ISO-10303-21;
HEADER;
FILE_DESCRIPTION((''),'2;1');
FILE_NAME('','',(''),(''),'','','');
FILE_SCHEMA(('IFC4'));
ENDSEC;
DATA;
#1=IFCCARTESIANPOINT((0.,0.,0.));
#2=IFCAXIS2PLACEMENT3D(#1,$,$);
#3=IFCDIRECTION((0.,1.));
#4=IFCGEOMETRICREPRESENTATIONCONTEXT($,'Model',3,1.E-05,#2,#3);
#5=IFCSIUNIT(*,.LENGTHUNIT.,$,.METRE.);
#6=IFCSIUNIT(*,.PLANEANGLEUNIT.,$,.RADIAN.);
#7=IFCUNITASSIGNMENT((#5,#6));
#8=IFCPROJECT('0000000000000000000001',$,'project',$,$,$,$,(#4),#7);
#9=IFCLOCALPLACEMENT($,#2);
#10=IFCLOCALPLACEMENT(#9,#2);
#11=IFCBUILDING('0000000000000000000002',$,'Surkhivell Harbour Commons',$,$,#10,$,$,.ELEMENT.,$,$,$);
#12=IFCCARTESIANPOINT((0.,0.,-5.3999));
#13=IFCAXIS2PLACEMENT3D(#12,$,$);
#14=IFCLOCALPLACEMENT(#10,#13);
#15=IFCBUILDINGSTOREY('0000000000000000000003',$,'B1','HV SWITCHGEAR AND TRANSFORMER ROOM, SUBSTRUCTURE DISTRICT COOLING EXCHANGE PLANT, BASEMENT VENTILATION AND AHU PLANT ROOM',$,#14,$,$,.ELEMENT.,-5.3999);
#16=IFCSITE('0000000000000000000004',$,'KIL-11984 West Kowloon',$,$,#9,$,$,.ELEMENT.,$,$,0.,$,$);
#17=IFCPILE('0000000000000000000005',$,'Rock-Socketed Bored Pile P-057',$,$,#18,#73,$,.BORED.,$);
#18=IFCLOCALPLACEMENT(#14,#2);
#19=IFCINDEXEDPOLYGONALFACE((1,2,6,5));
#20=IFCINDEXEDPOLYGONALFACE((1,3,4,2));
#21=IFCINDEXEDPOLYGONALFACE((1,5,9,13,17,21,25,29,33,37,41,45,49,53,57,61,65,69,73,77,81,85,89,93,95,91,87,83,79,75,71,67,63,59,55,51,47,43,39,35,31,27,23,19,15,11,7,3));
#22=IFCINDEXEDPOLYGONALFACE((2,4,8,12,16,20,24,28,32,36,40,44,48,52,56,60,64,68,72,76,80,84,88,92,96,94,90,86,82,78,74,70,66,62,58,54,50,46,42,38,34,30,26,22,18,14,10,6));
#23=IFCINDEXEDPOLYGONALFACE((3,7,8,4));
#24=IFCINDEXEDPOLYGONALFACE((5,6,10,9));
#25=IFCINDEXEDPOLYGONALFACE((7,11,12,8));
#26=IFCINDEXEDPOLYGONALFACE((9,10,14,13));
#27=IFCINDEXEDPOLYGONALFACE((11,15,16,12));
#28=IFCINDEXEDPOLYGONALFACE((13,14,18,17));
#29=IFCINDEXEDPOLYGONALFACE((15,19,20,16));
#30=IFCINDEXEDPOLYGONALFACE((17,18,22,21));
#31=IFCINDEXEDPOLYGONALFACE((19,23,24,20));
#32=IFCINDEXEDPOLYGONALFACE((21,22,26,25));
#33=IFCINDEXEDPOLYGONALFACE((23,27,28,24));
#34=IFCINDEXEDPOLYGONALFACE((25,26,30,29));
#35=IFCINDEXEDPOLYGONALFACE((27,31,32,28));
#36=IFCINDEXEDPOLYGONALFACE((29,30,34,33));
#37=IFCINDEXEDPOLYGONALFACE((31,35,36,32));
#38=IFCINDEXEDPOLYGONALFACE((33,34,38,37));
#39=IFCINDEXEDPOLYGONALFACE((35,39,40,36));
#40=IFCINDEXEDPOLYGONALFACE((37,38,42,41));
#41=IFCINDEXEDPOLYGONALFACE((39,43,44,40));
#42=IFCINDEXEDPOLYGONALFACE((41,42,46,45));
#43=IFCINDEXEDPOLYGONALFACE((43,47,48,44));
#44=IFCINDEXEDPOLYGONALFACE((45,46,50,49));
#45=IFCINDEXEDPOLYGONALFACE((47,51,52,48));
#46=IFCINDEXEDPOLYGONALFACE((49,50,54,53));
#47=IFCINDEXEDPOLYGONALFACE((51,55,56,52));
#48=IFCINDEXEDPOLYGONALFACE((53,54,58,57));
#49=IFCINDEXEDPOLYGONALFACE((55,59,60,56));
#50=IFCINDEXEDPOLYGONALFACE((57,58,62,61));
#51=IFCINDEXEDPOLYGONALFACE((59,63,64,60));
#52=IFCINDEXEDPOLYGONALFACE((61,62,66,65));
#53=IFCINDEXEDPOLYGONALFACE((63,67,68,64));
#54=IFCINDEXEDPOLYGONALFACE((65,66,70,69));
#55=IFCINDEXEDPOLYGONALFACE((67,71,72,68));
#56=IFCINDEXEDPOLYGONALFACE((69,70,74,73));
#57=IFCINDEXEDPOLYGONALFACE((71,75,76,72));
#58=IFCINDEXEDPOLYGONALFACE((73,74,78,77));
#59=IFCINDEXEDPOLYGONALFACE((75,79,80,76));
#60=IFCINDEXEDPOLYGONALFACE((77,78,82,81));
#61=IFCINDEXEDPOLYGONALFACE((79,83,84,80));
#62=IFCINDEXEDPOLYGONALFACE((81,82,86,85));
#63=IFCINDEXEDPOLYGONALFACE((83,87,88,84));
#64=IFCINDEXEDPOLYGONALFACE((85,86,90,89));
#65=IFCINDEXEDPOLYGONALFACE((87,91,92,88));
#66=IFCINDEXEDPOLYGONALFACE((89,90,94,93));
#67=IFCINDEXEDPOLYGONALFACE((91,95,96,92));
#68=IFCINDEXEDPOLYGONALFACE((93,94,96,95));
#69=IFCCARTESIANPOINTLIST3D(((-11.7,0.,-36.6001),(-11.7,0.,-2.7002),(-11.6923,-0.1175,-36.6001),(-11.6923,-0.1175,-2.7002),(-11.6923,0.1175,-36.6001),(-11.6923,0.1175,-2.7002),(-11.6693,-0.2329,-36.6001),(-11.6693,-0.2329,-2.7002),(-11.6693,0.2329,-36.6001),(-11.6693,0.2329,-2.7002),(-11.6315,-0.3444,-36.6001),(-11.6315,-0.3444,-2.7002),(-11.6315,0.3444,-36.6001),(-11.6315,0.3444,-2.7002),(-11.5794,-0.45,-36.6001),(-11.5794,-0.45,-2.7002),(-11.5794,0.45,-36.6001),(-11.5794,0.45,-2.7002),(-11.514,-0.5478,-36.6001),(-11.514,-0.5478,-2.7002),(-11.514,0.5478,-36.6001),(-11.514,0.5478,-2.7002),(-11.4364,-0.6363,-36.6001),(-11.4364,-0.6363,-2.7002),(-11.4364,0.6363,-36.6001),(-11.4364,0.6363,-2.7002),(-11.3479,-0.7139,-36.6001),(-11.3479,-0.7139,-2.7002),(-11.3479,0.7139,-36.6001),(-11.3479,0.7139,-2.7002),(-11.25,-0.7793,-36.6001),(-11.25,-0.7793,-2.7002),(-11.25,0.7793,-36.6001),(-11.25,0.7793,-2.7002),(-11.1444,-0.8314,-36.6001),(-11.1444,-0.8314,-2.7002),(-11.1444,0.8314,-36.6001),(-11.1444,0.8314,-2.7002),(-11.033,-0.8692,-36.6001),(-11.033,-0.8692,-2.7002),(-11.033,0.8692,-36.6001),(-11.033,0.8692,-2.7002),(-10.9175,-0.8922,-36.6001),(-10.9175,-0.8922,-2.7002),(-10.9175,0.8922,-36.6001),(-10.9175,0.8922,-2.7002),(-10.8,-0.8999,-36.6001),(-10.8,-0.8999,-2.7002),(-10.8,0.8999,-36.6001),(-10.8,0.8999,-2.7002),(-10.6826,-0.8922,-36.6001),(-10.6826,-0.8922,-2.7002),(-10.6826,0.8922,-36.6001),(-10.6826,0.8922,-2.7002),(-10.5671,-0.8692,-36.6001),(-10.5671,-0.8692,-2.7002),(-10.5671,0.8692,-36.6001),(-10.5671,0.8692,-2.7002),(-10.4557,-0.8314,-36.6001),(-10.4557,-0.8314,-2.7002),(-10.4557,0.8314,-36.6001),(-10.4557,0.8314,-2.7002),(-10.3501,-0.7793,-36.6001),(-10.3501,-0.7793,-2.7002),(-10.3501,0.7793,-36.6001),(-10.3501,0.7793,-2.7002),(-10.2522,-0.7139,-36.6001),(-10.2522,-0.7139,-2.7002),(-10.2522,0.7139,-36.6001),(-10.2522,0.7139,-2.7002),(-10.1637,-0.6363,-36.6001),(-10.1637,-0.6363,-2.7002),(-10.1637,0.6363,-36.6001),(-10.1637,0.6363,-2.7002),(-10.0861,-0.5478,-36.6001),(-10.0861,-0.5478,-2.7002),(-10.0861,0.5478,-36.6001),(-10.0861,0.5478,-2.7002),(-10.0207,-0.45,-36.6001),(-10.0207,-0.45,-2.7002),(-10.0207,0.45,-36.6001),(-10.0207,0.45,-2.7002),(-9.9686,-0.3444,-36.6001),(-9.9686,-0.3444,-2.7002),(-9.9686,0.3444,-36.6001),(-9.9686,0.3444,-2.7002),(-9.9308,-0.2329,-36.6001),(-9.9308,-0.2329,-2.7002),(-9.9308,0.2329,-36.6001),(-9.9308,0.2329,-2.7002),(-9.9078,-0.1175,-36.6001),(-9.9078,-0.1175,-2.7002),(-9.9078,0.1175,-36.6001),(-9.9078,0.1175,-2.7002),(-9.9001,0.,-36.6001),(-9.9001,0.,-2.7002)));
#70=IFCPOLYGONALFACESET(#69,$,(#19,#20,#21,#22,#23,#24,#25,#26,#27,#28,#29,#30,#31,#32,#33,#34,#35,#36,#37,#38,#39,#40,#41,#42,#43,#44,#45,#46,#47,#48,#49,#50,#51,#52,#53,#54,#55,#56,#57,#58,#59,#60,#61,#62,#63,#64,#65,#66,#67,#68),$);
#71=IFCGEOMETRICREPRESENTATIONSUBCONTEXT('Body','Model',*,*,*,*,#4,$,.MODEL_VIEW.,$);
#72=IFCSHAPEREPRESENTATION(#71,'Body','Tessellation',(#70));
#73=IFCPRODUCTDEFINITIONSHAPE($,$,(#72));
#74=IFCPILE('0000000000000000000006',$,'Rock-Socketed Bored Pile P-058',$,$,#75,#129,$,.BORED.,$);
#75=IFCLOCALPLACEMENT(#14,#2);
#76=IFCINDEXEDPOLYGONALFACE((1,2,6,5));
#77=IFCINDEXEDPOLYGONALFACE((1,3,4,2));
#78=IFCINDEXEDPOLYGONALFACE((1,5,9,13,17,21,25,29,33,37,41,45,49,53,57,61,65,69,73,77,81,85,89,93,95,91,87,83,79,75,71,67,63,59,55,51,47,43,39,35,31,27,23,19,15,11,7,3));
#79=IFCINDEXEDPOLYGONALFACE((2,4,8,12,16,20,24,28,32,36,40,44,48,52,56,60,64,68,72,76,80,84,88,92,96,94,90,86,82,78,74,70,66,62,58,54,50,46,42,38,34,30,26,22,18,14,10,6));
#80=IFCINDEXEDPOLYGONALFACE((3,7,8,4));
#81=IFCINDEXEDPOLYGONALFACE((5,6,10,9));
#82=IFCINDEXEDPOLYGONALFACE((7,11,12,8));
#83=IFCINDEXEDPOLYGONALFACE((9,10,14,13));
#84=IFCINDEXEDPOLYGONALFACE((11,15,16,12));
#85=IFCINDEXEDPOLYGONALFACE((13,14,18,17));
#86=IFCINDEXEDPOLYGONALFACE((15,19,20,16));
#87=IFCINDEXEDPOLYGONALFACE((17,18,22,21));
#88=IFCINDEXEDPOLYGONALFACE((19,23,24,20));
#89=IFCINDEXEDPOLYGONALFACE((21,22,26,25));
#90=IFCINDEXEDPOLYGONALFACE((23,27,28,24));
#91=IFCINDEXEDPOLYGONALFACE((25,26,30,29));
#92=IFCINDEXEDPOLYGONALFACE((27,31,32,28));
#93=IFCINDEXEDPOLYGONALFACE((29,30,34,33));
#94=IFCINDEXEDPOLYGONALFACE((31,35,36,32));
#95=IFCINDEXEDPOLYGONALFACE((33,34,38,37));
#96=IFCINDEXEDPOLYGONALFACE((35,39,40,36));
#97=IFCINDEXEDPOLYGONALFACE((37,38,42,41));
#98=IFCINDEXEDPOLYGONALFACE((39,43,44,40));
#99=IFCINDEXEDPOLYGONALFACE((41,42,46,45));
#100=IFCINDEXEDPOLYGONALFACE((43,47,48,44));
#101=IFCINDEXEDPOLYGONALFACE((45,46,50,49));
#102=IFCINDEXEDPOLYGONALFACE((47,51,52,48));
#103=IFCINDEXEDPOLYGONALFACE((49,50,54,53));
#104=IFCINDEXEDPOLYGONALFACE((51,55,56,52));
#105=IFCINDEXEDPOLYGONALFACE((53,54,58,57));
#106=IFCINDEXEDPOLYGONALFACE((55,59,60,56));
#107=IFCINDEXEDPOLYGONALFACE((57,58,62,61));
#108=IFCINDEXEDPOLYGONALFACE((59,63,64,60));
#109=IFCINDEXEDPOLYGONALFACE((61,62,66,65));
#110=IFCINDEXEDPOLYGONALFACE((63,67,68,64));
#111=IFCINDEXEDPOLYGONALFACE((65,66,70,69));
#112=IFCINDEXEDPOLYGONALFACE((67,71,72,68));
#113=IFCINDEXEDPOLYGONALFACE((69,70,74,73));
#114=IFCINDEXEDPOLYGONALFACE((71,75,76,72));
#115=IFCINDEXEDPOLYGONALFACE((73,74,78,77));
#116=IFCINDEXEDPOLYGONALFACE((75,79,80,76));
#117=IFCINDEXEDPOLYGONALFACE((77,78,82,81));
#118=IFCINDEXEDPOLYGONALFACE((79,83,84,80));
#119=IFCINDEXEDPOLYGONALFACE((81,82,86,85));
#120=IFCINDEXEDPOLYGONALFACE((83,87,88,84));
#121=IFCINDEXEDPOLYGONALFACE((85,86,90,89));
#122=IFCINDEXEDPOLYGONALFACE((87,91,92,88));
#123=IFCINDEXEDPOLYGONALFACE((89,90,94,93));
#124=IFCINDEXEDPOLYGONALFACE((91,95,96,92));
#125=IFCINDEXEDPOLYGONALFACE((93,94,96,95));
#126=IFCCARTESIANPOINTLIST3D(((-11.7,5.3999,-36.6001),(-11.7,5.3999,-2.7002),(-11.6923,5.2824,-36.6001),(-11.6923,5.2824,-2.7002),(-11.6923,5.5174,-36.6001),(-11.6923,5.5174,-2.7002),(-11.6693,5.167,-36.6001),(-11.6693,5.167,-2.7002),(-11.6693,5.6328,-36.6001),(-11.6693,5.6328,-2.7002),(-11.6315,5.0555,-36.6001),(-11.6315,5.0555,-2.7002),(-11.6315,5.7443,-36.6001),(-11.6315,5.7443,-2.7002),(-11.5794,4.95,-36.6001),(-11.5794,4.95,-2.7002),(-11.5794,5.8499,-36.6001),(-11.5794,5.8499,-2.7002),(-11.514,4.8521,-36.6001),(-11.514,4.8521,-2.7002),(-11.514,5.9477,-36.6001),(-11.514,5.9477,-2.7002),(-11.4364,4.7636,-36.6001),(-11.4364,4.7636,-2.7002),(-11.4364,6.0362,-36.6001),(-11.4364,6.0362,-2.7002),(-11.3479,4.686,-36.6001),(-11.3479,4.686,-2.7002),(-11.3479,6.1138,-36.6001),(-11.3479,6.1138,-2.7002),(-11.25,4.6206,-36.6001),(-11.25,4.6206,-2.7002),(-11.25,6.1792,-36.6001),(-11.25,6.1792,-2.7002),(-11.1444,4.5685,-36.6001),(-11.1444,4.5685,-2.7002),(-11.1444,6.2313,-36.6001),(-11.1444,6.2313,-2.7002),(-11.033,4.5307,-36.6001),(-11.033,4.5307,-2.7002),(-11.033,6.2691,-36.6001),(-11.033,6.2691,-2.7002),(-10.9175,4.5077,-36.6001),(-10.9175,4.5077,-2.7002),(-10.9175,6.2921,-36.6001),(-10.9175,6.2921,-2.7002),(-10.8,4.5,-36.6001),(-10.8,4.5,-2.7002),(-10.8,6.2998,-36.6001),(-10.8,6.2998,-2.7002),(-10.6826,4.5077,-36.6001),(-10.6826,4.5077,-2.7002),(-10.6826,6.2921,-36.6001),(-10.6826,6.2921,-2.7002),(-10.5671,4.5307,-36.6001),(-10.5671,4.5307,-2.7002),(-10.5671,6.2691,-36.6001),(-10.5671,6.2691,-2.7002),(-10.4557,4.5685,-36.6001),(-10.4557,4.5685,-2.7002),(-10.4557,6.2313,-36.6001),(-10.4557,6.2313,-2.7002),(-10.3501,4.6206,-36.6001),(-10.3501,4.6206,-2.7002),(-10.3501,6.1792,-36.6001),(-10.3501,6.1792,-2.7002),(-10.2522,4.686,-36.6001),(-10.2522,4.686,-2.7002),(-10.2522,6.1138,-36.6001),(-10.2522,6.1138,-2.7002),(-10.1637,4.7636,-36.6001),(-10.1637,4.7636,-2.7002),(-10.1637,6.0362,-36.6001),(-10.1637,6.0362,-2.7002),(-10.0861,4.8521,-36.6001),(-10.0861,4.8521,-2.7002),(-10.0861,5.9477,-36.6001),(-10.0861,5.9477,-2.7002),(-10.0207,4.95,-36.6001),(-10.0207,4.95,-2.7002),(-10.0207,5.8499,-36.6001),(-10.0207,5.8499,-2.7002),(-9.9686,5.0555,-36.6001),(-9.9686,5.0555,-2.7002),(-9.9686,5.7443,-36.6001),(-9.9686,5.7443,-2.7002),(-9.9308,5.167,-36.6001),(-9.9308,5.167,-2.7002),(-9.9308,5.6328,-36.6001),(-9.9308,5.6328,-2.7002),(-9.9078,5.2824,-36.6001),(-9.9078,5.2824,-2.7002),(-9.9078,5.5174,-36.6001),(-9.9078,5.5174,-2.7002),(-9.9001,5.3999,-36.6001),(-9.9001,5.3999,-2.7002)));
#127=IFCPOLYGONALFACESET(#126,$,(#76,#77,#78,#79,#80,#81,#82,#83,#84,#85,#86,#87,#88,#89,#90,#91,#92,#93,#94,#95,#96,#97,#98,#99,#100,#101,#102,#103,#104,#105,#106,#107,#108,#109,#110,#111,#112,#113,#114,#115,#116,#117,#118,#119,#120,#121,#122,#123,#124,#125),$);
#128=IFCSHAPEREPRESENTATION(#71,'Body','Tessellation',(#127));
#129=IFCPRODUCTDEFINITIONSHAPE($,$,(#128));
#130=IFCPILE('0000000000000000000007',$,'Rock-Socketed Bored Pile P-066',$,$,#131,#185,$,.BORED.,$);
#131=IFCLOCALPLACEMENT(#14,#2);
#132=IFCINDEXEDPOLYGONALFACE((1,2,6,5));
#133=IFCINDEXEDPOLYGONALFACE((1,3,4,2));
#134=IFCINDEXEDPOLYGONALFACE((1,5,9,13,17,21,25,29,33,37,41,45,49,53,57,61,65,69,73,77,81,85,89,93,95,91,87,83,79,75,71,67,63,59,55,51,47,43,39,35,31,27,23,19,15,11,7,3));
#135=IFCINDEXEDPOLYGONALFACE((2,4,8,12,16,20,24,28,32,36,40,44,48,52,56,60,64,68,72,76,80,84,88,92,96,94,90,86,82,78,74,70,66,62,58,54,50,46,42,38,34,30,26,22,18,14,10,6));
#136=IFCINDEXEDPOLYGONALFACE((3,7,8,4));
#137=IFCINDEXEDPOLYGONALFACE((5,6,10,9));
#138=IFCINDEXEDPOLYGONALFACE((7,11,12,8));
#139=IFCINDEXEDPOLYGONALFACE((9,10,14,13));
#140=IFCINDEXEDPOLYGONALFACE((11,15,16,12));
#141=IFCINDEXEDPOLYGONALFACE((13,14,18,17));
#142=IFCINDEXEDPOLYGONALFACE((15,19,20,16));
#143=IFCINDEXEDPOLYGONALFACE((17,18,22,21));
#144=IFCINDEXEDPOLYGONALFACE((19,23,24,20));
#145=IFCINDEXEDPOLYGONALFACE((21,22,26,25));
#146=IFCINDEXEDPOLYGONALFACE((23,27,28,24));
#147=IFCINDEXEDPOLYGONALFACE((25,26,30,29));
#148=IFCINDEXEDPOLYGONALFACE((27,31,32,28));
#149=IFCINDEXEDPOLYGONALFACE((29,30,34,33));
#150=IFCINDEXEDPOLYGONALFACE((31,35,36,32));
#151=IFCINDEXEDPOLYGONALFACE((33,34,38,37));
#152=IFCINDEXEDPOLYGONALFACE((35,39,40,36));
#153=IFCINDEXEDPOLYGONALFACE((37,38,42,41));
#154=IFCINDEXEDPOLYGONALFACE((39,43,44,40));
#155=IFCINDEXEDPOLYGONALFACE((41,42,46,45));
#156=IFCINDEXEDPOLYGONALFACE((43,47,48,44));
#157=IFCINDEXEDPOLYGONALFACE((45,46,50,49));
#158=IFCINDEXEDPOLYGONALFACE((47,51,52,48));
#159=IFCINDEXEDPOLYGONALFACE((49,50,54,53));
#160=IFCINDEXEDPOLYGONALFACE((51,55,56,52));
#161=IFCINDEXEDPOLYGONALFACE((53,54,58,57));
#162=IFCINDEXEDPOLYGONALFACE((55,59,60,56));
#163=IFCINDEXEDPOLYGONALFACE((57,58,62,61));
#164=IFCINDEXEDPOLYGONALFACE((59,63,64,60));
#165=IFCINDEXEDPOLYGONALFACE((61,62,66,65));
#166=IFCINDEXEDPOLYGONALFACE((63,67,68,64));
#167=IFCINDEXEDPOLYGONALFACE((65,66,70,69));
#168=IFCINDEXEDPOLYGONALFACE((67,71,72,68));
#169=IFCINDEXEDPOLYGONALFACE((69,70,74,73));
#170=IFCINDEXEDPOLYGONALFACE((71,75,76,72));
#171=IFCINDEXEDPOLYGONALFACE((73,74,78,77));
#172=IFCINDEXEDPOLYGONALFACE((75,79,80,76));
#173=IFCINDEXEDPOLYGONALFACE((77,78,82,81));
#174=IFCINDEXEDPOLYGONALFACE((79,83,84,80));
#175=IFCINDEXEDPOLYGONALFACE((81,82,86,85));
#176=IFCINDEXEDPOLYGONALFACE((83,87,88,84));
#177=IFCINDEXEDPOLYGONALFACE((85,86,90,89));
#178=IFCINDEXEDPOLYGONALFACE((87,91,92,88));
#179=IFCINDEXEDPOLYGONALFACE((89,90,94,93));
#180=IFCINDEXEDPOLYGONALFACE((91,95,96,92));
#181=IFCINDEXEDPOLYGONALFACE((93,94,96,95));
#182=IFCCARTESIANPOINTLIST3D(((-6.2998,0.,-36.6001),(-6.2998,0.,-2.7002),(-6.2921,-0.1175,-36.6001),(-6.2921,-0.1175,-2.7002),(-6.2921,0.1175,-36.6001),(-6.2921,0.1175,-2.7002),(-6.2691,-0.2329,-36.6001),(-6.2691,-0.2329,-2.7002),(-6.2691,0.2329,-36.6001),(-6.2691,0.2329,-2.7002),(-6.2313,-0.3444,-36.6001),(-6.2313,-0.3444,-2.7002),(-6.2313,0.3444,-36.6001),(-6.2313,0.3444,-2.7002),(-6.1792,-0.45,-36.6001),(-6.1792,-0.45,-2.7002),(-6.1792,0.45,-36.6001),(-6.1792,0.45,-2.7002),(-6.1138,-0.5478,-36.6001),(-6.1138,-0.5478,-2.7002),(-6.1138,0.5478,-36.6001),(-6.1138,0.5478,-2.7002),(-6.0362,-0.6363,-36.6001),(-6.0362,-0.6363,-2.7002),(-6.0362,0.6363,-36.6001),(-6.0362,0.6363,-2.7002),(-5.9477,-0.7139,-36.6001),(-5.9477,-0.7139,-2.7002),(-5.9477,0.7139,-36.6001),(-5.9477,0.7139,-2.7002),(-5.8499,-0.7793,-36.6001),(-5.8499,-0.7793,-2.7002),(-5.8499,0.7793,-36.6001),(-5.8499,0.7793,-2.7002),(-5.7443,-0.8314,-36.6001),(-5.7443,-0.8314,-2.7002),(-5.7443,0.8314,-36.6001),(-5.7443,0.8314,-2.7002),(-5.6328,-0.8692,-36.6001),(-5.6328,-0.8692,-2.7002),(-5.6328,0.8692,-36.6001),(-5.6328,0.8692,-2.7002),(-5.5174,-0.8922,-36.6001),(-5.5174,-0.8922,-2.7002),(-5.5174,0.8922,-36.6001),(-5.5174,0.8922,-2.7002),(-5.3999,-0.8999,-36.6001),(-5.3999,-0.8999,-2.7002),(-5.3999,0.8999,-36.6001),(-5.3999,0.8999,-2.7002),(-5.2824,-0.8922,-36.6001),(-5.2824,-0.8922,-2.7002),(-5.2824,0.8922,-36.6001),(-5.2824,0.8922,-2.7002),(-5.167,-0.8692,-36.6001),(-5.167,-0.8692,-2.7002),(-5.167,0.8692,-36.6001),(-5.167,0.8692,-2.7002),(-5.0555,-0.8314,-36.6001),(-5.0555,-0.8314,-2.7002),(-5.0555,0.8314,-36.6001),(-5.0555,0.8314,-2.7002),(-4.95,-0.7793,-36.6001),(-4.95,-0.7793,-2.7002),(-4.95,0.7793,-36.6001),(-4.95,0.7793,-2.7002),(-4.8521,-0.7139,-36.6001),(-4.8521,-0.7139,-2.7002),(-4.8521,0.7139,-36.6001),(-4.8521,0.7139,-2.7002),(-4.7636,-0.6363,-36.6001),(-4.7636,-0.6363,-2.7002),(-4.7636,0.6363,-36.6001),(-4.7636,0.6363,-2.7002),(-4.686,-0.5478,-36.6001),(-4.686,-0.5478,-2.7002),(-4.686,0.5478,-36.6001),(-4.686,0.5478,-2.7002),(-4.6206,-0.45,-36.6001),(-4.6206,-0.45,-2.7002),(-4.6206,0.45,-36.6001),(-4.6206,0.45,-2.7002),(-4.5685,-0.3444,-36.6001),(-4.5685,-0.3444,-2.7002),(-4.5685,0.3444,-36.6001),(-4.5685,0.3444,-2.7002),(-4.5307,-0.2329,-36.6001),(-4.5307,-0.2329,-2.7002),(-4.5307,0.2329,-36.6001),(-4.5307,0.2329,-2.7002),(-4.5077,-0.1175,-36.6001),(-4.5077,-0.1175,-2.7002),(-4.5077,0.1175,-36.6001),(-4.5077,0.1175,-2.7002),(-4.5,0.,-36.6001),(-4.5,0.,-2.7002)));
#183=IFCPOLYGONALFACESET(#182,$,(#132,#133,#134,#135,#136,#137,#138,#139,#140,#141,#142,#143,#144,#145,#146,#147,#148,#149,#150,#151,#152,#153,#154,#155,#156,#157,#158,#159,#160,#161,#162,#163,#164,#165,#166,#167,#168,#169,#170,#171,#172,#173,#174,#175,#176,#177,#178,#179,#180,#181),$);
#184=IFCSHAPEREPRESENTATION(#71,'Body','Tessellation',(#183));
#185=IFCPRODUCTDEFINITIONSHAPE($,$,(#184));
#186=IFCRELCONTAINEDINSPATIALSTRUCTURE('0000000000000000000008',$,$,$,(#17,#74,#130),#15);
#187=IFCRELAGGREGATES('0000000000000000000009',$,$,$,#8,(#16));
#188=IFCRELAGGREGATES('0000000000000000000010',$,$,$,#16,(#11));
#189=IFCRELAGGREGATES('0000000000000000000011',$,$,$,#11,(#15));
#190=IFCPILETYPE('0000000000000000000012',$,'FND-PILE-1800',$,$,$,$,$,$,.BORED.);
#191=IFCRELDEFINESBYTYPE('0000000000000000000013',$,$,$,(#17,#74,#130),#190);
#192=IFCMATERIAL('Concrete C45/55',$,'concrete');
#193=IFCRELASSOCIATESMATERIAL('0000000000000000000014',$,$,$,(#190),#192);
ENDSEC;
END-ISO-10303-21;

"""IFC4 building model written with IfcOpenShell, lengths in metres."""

from ifc_helpers import new_model, si_unit, direction, frame, origin, origin_2d, place, context, subcontext, project, spatial, circle, extrude, material, material_profile, profile_set, type_object, element, save


model = new_model("IFC4")

# Units and contexts
model_context = context("Model", 3, precision=1e-05, world=origin(), true_north=direction((0.0, 1.0)))
body_context = subcontext(model_context, "Body", "Model", "MODEL_VIEW")
ifc_project = project(units=[si_unit("LENGTHUNIT", "METRE"), si_unit("PLANEANGLEUNIT", "RADIAN")], contexts=[model_context])

# Site, building, storey
site_placement = place(None, origin())
site = spatial("IfcSite", under=ifc_project, at=site_placement, Name="KIL-11984 West Kowloon", CompositionType="ELEMENT", RefElevation=0.0)
building_placement = place(site_placement, origin())
building = spatial("IfcBuilding", under=site, at=building_placement, Name="Surkhivell Harbour Commons", CompositionType="ELEMENT")
storey_placement = place(building_placement, frame((0.0, 0.0, -5.3999)))
storey = spatial("IfcBuildingStorey", under=building, at=storey_placement, Name="B1", Description="HV SWITCHGEAR AND TRANSFORMER ROOM, SUBSTRUCTURE DISTRICT COOLING EXCHANGE PLANT, BASEMENT VENTILATION AND AHU PLANT ROOM", CompositionType="ELEMENT", Elevation=-5.3999)

# Piles
ifc_material_1 = material(Name="Concrete C45/55", Category="concrete")
ifc_material_profile_1 = material_profile(ifc_material_1, circle(Radius=0.8999, at=origin_2d()), Name="PILE-1800")
ifc_profile_set_1 = profile_set([ifc_material_profile_1], Name="Concrete C45/55")
pile_type_1 = type_object("IfcPileType", Name="FND-PILE-1800", PredefinedType="BORED", material=ifc_profile_set_1)
for number, where, z_axis, x_axis, name in (
    (1, (-10.8, 0.0, -2.7002), (0.0, 0.0, -1.0), (1.0, 0.0, 0.0), "Rock-Socketed Bored Pile P-057"),
    (2, (-10.8, 5.3999, -2.7002), (0.0, 0.0, -1.0), (1.0, 0.0, 0.0), "Rock-Socketed Bored Pile P-058"),
    (3, (-5.3999, 0.0, -2.7002), (0.0, 0.0, -1.0), (1.0, 0.0, 0.0), "Rock-Socketed Bored Pile P-066"),
):
    element("IfcPile", number, at=place(storey_placement, frame(where, z_axis=z_axis, x_axis=x_axis)), inside=storey, type_object=pile_type_1, Name=name, PredefinedType="BORED", context=body_context, shape_type="SweptSolid", body=[
        extrude(circle(Radius=0.8999, at=origin_2d()), origin(), (0.0, 0.0, 1.0), 33.8999),
    ])

save(model, "model.ifc")
